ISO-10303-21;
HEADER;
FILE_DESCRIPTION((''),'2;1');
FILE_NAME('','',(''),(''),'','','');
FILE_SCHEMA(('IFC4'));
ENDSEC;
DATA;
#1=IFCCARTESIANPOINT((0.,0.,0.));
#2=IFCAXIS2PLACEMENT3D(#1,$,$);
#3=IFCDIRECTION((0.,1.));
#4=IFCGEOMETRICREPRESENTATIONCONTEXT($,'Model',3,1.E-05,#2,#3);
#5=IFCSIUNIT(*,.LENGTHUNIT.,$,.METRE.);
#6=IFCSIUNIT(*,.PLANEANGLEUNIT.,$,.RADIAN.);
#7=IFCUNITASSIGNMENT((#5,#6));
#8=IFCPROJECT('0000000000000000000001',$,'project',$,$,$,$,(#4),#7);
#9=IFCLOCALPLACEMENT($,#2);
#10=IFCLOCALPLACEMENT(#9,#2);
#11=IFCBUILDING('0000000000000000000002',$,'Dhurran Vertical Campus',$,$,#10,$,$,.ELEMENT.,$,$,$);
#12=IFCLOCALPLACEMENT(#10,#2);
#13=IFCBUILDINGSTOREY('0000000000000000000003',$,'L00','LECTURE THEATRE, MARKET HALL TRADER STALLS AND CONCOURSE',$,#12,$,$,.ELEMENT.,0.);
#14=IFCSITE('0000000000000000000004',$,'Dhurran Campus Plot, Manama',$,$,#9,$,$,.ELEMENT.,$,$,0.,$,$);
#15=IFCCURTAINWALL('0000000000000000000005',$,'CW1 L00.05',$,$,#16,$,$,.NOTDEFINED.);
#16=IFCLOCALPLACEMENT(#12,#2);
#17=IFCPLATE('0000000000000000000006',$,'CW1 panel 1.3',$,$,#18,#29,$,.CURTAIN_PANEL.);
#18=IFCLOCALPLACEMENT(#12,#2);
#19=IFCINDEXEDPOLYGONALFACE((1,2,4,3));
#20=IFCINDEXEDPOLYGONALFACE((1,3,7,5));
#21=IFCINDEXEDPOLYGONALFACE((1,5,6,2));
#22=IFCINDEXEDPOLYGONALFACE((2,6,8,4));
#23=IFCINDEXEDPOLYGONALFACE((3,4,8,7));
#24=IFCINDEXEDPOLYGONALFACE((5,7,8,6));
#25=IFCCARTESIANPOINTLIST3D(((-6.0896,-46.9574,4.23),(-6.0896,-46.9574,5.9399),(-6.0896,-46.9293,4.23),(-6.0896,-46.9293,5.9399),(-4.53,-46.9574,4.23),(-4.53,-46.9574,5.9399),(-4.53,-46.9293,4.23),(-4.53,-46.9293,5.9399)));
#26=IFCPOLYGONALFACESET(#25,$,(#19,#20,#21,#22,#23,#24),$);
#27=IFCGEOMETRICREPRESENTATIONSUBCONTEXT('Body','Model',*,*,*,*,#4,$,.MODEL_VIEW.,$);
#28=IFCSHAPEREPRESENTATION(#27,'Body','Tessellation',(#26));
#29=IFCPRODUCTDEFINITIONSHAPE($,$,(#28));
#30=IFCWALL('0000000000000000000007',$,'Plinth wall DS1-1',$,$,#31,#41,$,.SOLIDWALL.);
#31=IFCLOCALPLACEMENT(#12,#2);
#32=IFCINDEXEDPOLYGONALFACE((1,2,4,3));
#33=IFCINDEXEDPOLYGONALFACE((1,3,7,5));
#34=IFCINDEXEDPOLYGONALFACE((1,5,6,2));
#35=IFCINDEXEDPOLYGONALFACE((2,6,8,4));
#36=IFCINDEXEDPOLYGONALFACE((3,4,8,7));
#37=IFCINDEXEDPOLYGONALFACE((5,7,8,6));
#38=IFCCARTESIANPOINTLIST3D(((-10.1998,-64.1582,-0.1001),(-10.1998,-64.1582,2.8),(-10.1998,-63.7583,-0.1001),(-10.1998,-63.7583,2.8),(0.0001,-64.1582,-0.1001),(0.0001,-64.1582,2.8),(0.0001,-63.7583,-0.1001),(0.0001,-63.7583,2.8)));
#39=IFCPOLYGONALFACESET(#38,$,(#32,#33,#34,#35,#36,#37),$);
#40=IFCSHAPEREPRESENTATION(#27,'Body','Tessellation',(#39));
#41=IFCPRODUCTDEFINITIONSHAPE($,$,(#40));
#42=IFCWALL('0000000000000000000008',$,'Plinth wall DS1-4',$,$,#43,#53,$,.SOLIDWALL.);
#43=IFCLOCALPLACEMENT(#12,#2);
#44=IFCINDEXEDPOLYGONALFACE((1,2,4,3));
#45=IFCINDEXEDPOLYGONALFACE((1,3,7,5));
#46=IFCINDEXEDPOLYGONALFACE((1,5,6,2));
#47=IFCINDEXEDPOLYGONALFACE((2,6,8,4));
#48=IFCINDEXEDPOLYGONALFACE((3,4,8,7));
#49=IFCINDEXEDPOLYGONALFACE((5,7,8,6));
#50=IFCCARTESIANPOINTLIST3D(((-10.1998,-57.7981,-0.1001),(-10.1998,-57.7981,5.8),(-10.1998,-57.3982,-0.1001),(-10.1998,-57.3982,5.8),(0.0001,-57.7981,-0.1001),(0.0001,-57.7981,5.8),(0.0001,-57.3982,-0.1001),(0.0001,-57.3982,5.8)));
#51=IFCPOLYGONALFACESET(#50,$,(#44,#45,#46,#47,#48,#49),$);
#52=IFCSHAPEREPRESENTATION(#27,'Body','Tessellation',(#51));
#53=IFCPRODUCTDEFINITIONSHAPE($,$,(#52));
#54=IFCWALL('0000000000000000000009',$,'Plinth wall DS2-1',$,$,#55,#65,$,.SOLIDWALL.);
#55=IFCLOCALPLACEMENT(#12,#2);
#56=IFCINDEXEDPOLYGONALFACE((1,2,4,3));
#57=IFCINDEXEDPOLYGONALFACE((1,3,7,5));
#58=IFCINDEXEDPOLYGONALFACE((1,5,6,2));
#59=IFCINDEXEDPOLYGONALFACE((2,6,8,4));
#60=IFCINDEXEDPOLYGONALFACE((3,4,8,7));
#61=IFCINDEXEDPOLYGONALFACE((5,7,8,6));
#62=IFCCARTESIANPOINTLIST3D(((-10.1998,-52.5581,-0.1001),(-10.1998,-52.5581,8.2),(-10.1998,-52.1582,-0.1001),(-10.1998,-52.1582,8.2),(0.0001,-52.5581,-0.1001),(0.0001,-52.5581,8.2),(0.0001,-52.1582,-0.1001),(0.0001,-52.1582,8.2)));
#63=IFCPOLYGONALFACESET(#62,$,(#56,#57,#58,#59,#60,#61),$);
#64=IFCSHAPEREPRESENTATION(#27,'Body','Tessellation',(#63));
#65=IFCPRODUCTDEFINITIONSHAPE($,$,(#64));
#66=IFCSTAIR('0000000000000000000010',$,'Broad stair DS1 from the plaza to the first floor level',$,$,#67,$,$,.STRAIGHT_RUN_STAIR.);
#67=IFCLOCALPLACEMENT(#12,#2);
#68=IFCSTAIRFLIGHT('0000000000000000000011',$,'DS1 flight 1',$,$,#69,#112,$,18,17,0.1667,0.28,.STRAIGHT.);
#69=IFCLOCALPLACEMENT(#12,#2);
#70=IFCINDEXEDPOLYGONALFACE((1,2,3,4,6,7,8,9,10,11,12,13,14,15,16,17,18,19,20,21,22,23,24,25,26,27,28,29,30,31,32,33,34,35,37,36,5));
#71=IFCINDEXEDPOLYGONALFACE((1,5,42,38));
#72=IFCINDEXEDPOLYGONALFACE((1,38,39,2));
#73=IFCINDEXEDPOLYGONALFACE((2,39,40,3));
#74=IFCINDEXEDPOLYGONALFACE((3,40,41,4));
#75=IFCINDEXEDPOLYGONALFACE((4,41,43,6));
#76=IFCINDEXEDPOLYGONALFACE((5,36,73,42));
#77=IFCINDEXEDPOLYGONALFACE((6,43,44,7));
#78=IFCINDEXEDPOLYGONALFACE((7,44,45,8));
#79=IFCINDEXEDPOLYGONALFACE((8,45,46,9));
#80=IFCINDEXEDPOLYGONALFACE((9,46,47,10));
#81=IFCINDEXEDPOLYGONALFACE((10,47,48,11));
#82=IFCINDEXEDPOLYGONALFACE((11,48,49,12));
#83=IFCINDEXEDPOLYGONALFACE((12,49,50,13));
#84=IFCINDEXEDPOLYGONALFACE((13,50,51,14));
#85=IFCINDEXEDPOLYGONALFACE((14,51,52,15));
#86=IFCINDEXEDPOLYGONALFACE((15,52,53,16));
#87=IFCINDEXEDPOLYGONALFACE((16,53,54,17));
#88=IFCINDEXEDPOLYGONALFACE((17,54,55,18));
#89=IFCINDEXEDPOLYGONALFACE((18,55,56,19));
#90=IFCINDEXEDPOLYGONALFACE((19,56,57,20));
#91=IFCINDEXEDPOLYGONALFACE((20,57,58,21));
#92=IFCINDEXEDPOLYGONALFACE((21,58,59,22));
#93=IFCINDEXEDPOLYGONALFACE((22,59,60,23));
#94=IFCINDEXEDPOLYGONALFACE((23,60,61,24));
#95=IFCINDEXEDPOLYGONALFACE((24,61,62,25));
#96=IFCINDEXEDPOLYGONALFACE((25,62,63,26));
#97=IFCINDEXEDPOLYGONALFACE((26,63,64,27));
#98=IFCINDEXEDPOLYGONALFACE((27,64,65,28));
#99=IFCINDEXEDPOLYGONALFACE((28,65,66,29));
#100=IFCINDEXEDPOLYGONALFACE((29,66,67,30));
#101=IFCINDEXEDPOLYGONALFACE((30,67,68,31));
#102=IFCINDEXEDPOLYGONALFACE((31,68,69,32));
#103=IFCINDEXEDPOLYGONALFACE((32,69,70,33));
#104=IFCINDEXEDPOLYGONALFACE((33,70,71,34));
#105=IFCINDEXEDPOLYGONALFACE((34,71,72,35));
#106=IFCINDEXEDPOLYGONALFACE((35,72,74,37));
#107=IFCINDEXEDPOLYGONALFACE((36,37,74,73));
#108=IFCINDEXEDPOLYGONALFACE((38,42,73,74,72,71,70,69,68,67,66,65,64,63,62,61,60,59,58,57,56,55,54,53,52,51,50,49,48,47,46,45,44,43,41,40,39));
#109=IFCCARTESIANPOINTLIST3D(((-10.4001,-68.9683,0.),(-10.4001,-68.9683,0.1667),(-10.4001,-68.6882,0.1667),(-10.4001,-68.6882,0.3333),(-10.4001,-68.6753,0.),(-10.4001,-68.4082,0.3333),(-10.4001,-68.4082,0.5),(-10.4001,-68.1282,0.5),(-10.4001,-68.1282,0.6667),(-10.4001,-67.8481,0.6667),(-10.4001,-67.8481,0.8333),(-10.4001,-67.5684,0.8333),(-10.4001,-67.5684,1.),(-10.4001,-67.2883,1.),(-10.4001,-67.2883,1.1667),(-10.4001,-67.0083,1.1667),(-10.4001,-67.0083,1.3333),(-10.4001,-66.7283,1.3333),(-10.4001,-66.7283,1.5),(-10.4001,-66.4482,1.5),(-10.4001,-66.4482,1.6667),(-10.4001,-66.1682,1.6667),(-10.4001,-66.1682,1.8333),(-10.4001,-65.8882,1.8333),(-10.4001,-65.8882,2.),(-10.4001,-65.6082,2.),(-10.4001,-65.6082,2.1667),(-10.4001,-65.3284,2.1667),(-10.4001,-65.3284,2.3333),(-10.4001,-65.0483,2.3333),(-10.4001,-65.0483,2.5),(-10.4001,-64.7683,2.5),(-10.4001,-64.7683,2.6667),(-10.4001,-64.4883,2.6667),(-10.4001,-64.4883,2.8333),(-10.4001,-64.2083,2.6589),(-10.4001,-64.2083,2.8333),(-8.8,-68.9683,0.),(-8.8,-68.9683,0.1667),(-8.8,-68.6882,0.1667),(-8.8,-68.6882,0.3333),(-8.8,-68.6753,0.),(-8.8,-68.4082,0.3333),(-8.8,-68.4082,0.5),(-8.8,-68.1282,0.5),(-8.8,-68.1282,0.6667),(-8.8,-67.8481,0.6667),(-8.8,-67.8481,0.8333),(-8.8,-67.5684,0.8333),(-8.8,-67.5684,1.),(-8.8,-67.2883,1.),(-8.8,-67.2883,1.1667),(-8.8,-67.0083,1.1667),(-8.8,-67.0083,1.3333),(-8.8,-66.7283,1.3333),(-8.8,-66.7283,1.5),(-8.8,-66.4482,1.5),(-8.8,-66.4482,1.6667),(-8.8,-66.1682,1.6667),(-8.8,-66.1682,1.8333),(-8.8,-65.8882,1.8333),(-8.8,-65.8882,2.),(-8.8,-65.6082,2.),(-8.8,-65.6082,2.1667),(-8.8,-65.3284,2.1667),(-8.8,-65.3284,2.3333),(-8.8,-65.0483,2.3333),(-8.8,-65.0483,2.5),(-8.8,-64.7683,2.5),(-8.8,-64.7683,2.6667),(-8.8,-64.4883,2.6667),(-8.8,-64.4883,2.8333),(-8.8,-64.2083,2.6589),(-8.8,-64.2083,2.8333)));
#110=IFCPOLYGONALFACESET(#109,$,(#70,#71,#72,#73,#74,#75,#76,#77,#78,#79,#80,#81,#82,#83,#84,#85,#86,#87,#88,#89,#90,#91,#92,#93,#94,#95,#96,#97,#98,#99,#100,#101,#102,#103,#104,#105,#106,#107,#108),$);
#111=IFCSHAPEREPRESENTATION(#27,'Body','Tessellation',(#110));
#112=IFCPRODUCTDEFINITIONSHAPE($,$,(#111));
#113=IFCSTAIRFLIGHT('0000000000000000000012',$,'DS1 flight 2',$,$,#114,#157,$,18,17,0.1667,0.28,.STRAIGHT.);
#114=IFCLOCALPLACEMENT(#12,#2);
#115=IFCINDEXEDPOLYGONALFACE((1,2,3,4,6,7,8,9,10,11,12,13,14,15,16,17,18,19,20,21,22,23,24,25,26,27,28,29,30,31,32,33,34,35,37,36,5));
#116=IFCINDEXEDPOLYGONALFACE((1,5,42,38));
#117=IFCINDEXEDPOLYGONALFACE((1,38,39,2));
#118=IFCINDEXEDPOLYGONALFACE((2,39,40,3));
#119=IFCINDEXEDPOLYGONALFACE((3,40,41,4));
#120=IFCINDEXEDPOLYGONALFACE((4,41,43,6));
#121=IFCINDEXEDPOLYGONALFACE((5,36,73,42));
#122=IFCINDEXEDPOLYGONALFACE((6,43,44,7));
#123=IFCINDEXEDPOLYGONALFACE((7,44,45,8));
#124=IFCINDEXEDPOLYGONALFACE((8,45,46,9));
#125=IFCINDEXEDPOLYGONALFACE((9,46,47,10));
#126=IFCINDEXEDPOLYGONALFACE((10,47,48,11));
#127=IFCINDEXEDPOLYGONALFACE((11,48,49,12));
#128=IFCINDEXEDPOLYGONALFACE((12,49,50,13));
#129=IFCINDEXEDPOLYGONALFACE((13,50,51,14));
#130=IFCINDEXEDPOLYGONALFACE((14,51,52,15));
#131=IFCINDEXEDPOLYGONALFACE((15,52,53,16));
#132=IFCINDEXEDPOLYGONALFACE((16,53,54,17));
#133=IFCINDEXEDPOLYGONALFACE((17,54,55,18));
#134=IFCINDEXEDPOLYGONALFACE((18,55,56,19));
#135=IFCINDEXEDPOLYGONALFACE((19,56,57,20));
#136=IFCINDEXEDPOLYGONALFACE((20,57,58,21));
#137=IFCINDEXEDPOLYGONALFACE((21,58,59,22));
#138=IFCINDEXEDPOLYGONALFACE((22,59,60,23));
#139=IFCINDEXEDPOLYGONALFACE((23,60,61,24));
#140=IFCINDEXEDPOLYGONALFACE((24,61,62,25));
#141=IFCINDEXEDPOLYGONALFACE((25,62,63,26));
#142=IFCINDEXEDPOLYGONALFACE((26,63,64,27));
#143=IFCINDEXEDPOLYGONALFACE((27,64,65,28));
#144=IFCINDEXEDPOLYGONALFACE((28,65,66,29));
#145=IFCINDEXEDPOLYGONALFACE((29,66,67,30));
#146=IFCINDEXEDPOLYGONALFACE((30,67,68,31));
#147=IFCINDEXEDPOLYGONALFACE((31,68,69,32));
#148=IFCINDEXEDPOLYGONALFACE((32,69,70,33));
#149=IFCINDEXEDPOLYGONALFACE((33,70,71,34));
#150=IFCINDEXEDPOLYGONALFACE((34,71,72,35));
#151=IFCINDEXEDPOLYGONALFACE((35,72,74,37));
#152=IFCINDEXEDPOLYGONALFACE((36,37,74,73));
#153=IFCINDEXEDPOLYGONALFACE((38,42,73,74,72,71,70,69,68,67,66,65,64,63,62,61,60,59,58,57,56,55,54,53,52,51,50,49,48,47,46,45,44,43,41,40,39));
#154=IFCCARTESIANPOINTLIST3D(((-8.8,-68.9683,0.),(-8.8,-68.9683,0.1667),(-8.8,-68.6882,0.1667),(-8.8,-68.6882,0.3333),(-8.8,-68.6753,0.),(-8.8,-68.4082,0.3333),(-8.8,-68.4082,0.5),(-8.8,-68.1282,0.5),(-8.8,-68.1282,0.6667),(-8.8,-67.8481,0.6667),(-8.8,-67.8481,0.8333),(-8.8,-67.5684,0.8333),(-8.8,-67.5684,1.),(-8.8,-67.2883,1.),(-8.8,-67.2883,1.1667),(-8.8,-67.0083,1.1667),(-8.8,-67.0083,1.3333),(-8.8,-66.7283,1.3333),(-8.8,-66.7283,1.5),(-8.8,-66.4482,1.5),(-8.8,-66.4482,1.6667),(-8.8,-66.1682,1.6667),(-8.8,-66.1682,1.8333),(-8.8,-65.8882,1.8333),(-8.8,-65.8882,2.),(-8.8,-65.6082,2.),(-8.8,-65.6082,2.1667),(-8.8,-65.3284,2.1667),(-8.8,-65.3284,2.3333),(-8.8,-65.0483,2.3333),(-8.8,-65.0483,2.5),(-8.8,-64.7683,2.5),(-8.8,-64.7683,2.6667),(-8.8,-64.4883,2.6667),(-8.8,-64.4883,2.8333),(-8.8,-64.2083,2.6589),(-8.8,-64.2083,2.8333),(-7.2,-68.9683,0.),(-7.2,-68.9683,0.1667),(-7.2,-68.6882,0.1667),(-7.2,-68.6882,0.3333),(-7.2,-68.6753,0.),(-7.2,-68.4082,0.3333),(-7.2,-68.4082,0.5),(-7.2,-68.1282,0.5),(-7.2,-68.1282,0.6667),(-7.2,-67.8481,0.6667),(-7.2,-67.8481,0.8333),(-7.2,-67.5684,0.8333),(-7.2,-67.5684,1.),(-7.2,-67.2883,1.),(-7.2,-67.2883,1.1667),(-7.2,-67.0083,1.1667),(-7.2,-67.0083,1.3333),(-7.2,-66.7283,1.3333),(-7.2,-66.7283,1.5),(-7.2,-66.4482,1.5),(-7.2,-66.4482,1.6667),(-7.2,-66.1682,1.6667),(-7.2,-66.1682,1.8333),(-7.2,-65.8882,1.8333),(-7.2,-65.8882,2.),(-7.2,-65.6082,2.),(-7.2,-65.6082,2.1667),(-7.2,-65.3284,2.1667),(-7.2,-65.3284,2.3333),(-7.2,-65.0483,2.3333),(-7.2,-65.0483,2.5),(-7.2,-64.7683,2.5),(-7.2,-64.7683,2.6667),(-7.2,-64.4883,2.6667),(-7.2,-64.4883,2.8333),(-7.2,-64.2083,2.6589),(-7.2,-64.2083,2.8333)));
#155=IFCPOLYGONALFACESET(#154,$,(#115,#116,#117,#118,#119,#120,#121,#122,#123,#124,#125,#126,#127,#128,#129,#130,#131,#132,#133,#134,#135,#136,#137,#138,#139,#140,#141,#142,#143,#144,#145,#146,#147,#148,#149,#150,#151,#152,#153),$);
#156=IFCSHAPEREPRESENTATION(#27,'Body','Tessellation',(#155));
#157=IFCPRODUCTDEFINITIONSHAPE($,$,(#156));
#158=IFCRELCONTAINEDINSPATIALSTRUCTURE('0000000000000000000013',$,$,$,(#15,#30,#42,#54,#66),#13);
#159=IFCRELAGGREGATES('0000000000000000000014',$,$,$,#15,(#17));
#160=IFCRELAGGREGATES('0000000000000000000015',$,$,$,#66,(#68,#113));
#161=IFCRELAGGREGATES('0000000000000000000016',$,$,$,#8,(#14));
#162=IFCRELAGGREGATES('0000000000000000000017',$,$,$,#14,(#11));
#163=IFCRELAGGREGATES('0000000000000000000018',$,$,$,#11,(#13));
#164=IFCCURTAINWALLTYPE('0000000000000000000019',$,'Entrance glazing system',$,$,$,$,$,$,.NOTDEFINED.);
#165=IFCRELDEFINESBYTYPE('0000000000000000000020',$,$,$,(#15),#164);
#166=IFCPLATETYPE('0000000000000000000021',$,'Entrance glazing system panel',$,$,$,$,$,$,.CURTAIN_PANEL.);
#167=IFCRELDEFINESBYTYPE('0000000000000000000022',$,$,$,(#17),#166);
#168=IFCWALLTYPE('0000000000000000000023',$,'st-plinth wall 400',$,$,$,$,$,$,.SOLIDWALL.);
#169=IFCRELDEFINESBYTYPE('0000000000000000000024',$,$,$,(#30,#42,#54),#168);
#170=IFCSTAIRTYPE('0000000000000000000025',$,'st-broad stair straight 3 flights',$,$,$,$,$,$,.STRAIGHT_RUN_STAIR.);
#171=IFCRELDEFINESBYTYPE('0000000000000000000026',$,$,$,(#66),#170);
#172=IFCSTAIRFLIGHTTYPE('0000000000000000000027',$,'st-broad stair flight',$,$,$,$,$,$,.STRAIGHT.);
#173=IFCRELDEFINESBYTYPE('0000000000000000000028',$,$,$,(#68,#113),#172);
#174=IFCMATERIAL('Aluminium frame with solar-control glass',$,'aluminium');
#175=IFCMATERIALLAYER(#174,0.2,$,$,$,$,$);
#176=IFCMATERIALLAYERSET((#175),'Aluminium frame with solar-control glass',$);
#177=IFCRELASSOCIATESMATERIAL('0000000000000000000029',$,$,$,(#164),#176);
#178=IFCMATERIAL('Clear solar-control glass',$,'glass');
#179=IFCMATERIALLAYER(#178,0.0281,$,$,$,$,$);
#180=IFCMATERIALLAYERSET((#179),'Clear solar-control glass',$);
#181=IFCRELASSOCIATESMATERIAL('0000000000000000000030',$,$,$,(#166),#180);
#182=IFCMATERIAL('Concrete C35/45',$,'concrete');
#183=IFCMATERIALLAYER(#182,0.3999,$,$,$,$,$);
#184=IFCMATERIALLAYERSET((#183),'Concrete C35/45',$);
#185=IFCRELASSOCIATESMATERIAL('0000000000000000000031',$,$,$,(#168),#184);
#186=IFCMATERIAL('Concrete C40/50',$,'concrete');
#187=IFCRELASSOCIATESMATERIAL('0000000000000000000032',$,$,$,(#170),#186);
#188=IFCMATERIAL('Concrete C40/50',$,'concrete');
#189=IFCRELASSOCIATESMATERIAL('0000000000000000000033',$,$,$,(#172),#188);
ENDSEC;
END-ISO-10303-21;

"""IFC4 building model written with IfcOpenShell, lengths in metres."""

from ifc_helpers import new_model, si_unit, direction, frame, frame_2d, origin, origin_2d, place, context, subcontext, project, spatial, polyline, rectangle, outline, extrude, material, layer, layer_set, type_object, element, aggregate, save


model = new_model("IFC4")

# Units and contexts
model_context = context("Model", 3, precision=1e-05, world=origin(), true_north=direction((0.0, 1.0)))
body_context = subcontext(model_context, "Body", "Model", "MODEL_VIEW")
ifc_project = project(units=[si_unit("LENGTHUNIT", "METRE"), si_unit("PLANEANGLEUNIT", "RADIAN")], contexts=[model_context])

# Site, building, storey
site_placement = place(None, origin())
site = spatial("IfcSite", under=ifc_project, at=site_placement, Name="Dhurran Campus Plot, Manama", CompositionType="ELEMENT", RefElevation=0.0)
building_placement = place(site_placement, origin())
building = spatial("IfcBuilding", under=site, at=building_placement, Name="Dhurran Vertical Campus", CompositionType="ELEMENT")
storey_placement = place(building_placement, origin())
storey = spatial("IfcBuildingStorey", under=building, at=storey_placement, Name="L00", Description="LECTURE THEATRE, MARKET HALL TRADER STALLS AND CONCOURSE", CompositionType="ELEMENT", Elevation=0.0)

# Curtain wall
ifc_material_1 = material(Name="Aluminium frame with solar-control glass", Category="aluminium")
ifc_layer_1 = layer(ifc_material_1, 0.2)
ifc_layer_set_1 = layer_set([ifc_layer_1], Name="Aluminium frame with solar-control glass")
curtain_wall_type = type_object("IfcCurtainWallType", Name="Entrance glazing system", PredefinedType="NOTDEFINED", material=ifc_layer_set_1)
curtain_wall_1_placement = place(storey_placement, origin())
curtain_wall_1 = element("IfcCurtainWall", 1, at=curtain_wall_1_placement, inside=storey, type_object=curtain_wall_type, Name="CW1 L00.05", PredefinedType="NOTDEFINED")

# Plate
ifc_material_2 = material(Name="Clear solar-control glass", Category="glass")
ifc_layer_2 = layer(ifc_material_2, 0.0281)
ifc_layer_set_2 = layer_set([ifc_layer_2], Name="Clear solar-control glass")
plate_type = type_object("IfcPlateType", Name="Entrance glazing system panel", PredefinedType="CURTAIN_PANEL", material=ifc_layer_set_2)
plate_1_placement = place(storey_placement, frame((-5.3098, -46.9434, 4.23), z_axis=(0.0, 0.0, 1.0), x_axis=(1.0, 0.0, 0.0)))
plate_1 = element("IfcPlate", 2, at=plate_1_placement, type_object=plate_type, Name="CW1 panel 1.3", PredefinedType="CURTAIN_PANEL", context=body_context, shape_type="SweptSolid", body=[
    extrude(rectangle(XDim=1.5596, YDim=0.0281, at=origin_2d()), origin(), (0.0, 0.0, 1.0), 1.71),
])
aggregate(curtain_wall_1, [plate_1])

# Walls
ifc_material_3 = material(Name="Concrete C35/45", Category="concrete")
ifc_layer_3 = layer(ifc_material_3, 0.3999)
ifc_layer_set_3 = layer_set([ifc_layer_3], Name="Concrete C35/45")
wall_type = type_object("IfcWallType", Name="st-plinth wall 400", PredefinedType="SOLIDWALL", material=ifc_layer_set_3)
wall_1_placement = place(storey_placement, frame((-10.2, -63.9583, -0.1001), z_axis=(0.0, 0.0, 1.0), x_axis=(1.0, 0.0, 0.0)))
element("IfcWall", 3, at=wall_1_placement, inside=storey, type_object=wall_type, Name="Plinth wall DS1-1", PredefinedType="SOLIDWALL", context=body_context, shape_type="SweptSolid", body=[
    extrude(rectangle(XDim=10.2, YDim=0.3999, at=frame_2d((5.1001, 0.0))), origin(), (0.0, 0.0, 1.0), 2.9001),
])
wall_2_placement = place(storey_placement, frame((-10.2, -57.5981, -0.1001), z_axis=(0.0, 0.0, 1.0), x_axis=(1.0, 0.0, 0.0)))
element("IfcWall", 4, at=wall_2_placement, inside=storey, type_object=wall_type, Name="Plinth wall DS1-4", PredefinedType="SOLIDWALL", context=body_context, shape_type="SweptSolid", body=[
    extrude(rectangle(XDim=10.2, YDim=0.3999, at=frame_2d((5.1001, 0.0))), origin(), (0.0, 0.0, 1.0), 5.9001),
])
wall_3_placement = place(storey_placement, frame((-10.2, -52.3582, -0.1001), z_axis=(0.0, 0.0, 1.0), x_axis=(1.0, 0.0, 0.0)))
element("IfcWall", 5, at=wall_3_placement, inside=storey, type_object=wall_type, Name="Plinth wall DS2-1", PredefinedType="SOLIDWALL", context=body_context, shape_type="SweptSolid", body=[
    extrude(rectangle(XDim=10.2, YDim=0.3999, at=frame_2d((5.1001, 0.0))), origin(), (0.0, 0.0, 1.0), 8.3),
])

# Stair, stair flights
ifc_material_4 = material(Name="Concrete C40/50", Category="concrete")
stair_type = type_object("IfcStairType", Name="st-broad stair straight 3 flights", PredefinedType="STRAIGHT_RUN_STAIR", material=ifc_material_4)
stair_placement = place(storey_placement, origin())
stair = element("IfcStair", 6, at=stair_placement, inside=storey, type_object=stair_type, Name="Broad stair DS1 from the plaza to the first floor level", PredefinedType="STRAIGHT_RUN_STAIR")
ifc_material_5 = material(Name="Concrete C40/50", Category="concrete")
stair_flight_type = type_object("IfcStairFlightType", Name="st-broad stair flight", PredefinedType="STRAIGHT", material=ifc_material_5)
stair_flight_1_placement = place(storey_placement, frame((-9.6001, -68.9683, 0.0), z_axis=(0.0, 0.0, 1.0), x_axis=(0.0, 1.0, 0.0)))
stair_flight_1 = element("IfcStairFlight", 7, at=stair_flight_1_placement, type_object=stair_flight_type, Name="DS1 flight 1", NumberOfRisers=18, NumberOfTreads=17, PredefinedType="STRAIGHT", RiserHeight=0.1667, TreadLength=0.28, context=body_context, shape_type="SweptSolid", body=[
    extrude(outline(polyline([(0.0, 0.0), (0.0, 0.1667), (0.28, 0.1667), (0.28, 0.3333), (0.5601, 0.3333), (0.5601, 0.5), (0.8401, 0.5), (0.8401, 0.6667), (1.1201, 0.6667), (1.1201, 0.8333), (1.3999, 0.8333), (1.3999, 1.0), (1.6799, 1.0), (1.6799, 1.1667), (1.96, 1.1667), (1.96, 1.3333), (2.24, 1.3333), (2.24, 1.5), (2.52, 1.5), (2.52, 1.6667), (2.8, 1.6667), (2.8, 1.8333), (3.0801, 1.8333), (3.0801, 2.0), (3.3601, 2.0), (3.3601, 2.1667), (3.6399, 2.1667), (3.6399, 2.3333), (3.9199, 2.3333), (3.9199, 2.5), (4.2, 2.5), (4.2, 2.6667), (4.48, 2.6667), (4.48, 2.8333), (4.76, 2.8333), (4.76, 3.0), (4.76, 2.6589), (0.293, 0.0), (0.0, 0.0)])), frame((0.0, 0.8, 0.0), z_axis=(0.0, -1.0, 0.0), x_axis=(1.0, 0.0, 0.0)), (0.0, 0.0, 1.0), 1.6001),
])
stair_flight_2_placement = place(storey_placement, frame((-8.0, -68.9683, 0.0), z_axis=(0.0, 0.0, 1.0), x_axis=(0.0, 1.0, 0.0)))
stair_flight_2 = element("IfcStairFlight", 8, at=stair_flight_2_placement, type_object=stair_flight_type, Name="DS1 flight 2", NumberOfRisers=18, NumberOfTreads=17, PredefinedType="STRAIGHT", RiserHeight=0.1667, TreadLength=0.28, context=body_context, shape_type="SweptSolid", body=[
    extrude(outline(polyline([(0.0, 0.0), (0.0, 0.1667), (0.28, 0.1667), (0.28, 0.3333), (0.5601, 0.3333), (0.5601, 0.5), (0.8401, 0.5), (0.8401, 0.6667), (1.1201, 0.6667), (1.1201, 0.8333), (1.3999, 0.8333), (1.3999, 1.0), (1.6799, 1.0), (1.6799, 1.1667), (1.96, 1.1667), (1.96, 1.3333), (2.24, 1.3333), (2.24, 1.5), (2.52, 1.5), (2.52, 1.6667), (2.8, 1.6667), (2.8, 1.8333), (3.0801, 1.8333), (3.0801, 2.0), (3.3601, 2.0), (3.3601, 2.1667), (3.6399, 2.1667), (3.6399, 2.3333), (3.9199, 2.3333), (3.9199, 2.5), (4.2, 2.5), (4.2, 2.6667), (4.48, 2.6667), (4.48, 2.8333), (4.76, 2.8333), (4.76, 3.0), (4.76, 2.6589), (0.293, 0.0), (0.0, 0.0)])), frame((0.0, 0.8, 0.0), z_axis=(0.0, -1.0, 0.0), x_axis=(1.0, 0.0, 0.0)), (0.0, 0.0, 1.0), 1.6001),
])
aggregate(stair, [stair_flight_1, stair_flight_2])

save(model, "model.ifc")
